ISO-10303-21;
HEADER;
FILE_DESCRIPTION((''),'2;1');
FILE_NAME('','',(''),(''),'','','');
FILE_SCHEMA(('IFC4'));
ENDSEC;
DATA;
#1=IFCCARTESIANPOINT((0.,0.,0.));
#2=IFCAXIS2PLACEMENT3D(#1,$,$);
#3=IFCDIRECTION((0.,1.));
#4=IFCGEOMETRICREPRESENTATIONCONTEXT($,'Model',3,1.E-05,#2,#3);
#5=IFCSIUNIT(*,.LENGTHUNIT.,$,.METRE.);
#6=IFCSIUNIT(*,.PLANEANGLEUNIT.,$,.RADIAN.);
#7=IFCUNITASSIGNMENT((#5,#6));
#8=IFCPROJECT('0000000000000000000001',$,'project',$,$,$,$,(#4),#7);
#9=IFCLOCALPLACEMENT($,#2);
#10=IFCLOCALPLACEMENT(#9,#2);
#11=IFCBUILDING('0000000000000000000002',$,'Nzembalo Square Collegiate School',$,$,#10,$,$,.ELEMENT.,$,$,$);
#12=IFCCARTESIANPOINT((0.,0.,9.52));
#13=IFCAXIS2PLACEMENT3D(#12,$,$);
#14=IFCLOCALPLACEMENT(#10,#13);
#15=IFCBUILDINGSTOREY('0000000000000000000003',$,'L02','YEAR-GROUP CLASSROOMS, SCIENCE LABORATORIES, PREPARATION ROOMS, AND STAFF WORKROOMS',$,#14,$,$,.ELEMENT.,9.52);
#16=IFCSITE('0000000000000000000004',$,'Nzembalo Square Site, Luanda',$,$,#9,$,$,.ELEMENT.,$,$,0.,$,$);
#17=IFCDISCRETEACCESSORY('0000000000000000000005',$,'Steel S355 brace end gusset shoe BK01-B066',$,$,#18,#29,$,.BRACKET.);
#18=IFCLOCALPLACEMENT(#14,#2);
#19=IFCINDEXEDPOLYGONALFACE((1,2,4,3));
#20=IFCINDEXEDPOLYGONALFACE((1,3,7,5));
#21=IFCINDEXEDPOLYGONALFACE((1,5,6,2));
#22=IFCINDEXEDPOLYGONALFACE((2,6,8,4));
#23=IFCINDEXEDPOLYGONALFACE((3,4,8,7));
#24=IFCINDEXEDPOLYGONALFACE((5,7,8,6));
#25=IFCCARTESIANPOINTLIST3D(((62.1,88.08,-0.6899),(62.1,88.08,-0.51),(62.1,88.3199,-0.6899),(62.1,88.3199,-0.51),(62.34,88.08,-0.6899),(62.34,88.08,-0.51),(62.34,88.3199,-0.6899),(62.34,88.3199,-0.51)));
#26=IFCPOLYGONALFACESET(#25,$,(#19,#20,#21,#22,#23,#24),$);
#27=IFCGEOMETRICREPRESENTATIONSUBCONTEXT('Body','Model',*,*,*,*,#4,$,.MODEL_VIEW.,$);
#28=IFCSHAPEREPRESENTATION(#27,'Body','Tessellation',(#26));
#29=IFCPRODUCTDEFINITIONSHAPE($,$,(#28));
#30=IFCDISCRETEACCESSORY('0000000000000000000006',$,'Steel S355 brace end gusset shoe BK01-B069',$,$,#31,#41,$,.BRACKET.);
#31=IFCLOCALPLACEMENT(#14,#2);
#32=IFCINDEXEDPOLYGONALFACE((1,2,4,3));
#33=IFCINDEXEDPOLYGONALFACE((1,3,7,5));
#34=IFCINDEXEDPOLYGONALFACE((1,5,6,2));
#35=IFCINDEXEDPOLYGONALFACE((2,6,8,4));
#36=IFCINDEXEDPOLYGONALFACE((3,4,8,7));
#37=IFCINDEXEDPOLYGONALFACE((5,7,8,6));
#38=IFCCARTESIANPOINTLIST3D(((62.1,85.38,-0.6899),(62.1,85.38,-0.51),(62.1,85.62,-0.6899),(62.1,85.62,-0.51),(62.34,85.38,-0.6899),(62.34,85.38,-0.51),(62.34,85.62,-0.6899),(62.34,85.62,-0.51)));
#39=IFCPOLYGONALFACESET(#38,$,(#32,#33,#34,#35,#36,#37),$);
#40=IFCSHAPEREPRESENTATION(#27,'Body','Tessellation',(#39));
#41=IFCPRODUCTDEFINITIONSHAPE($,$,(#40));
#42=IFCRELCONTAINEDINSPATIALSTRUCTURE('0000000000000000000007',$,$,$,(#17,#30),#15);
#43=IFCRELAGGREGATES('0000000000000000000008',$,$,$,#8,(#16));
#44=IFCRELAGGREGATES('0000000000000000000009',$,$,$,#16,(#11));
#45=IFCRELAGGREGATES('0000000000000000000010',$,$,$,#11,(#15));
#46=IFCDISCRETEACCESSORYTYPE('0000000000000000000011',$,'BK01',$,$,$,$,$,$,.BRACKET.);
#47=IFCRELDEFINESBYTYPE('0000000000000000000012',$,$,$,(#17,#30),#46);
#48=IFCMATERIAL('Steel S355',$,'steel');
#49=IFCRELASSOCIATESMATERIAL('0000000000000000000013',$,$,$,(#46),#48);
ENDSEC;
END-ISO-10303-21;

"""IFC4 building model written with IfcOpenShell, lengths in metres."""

from ifc_helpers import new_model, si_unit, direction, frame, origin, origin_2d, place, context, subcontext, project, spatial, rectangle, extrude, material, type_object, element, save


model = new_model("IFC4")

# Units and contexts
model_context = context("Model", 3, precision=1e-05, world=origin(), true_north=direction((0.0, 1.0)))
body_context = subcontext(model_context, "Body", "Model", "MODEL_VIEW")
ifc_project = project(units=[si_unit("LENGTHUNIT", "METRE"), si_unit("PLANEANGLEUNIT", "RADIAN")], contexts=[model_context])

# Site, building, storey
site_placement = place(None, origin())
site = spatial("IfcSite", under=ifc_project, at=site_placement, Name="Nzembalo Square Site, Luanda", CompositionType="ELEMENT", RefElevation=0.0)
building_placement = place(site_placement, origin())
building = spatial("IfcBuilding", under=site, at=building_placement, Name="Nzembalo Square Collegiate School", CompositionType="ELEMENT")
storey_placement = place(building_placement, frame((0.0, 0.0, 9.52)))
storey = spatial("IfcBuildingStorey", under=building, at=storey_placement, Name="L02", Description="YEAR-GROUP CLASSROOMS, SCIENCE LABORATORIES, PREPARATION ROOMS, AND STAFF WORKROOMS", CompositionType="ELEMENT", Elevation=9.52)

# Discrete accessories
ifc_material_1 = material(Name="Steel S355", Category="steel")
discrete_accessory_type = type_object("IfcDiscreteAccessoryType", Name="BK01", PredefinedType="BRACKET", material=ifc_material_1)
for number, where, z_axis, x_axis, name in (
    (1, (62.22, 88.2, -0.6899), (0.0, 0.0, 1.0), (1.0, 0.0, 0.0), "Steel S355 brace end gusset shoe BK01-B066"),
    (2, (62.22, 85.5, -0.6899), (0.0, 0.0, 1.0), (1.0, 0.0, 0.0), "Steel S355 brace end gusset shoe BK01-B069"),
):
    element("IfcDiscreteAccessory", number, at=place(storey_placement, frame(where, z_axis=z_axis, x_axis=x_axis)), inside=storey, type_object=discrete_accessory_type, Name=name, PredefinedType="BRACKET", context=body_context, shape_type="SweptSolid", body=[
        extrude(rectangle(XDim=0.24, YDim=0.24, at=origin_2d()), origin(), (0.0, 0.0, 1.0), 0.1799),
    ])

save(model, "model.ifc")
